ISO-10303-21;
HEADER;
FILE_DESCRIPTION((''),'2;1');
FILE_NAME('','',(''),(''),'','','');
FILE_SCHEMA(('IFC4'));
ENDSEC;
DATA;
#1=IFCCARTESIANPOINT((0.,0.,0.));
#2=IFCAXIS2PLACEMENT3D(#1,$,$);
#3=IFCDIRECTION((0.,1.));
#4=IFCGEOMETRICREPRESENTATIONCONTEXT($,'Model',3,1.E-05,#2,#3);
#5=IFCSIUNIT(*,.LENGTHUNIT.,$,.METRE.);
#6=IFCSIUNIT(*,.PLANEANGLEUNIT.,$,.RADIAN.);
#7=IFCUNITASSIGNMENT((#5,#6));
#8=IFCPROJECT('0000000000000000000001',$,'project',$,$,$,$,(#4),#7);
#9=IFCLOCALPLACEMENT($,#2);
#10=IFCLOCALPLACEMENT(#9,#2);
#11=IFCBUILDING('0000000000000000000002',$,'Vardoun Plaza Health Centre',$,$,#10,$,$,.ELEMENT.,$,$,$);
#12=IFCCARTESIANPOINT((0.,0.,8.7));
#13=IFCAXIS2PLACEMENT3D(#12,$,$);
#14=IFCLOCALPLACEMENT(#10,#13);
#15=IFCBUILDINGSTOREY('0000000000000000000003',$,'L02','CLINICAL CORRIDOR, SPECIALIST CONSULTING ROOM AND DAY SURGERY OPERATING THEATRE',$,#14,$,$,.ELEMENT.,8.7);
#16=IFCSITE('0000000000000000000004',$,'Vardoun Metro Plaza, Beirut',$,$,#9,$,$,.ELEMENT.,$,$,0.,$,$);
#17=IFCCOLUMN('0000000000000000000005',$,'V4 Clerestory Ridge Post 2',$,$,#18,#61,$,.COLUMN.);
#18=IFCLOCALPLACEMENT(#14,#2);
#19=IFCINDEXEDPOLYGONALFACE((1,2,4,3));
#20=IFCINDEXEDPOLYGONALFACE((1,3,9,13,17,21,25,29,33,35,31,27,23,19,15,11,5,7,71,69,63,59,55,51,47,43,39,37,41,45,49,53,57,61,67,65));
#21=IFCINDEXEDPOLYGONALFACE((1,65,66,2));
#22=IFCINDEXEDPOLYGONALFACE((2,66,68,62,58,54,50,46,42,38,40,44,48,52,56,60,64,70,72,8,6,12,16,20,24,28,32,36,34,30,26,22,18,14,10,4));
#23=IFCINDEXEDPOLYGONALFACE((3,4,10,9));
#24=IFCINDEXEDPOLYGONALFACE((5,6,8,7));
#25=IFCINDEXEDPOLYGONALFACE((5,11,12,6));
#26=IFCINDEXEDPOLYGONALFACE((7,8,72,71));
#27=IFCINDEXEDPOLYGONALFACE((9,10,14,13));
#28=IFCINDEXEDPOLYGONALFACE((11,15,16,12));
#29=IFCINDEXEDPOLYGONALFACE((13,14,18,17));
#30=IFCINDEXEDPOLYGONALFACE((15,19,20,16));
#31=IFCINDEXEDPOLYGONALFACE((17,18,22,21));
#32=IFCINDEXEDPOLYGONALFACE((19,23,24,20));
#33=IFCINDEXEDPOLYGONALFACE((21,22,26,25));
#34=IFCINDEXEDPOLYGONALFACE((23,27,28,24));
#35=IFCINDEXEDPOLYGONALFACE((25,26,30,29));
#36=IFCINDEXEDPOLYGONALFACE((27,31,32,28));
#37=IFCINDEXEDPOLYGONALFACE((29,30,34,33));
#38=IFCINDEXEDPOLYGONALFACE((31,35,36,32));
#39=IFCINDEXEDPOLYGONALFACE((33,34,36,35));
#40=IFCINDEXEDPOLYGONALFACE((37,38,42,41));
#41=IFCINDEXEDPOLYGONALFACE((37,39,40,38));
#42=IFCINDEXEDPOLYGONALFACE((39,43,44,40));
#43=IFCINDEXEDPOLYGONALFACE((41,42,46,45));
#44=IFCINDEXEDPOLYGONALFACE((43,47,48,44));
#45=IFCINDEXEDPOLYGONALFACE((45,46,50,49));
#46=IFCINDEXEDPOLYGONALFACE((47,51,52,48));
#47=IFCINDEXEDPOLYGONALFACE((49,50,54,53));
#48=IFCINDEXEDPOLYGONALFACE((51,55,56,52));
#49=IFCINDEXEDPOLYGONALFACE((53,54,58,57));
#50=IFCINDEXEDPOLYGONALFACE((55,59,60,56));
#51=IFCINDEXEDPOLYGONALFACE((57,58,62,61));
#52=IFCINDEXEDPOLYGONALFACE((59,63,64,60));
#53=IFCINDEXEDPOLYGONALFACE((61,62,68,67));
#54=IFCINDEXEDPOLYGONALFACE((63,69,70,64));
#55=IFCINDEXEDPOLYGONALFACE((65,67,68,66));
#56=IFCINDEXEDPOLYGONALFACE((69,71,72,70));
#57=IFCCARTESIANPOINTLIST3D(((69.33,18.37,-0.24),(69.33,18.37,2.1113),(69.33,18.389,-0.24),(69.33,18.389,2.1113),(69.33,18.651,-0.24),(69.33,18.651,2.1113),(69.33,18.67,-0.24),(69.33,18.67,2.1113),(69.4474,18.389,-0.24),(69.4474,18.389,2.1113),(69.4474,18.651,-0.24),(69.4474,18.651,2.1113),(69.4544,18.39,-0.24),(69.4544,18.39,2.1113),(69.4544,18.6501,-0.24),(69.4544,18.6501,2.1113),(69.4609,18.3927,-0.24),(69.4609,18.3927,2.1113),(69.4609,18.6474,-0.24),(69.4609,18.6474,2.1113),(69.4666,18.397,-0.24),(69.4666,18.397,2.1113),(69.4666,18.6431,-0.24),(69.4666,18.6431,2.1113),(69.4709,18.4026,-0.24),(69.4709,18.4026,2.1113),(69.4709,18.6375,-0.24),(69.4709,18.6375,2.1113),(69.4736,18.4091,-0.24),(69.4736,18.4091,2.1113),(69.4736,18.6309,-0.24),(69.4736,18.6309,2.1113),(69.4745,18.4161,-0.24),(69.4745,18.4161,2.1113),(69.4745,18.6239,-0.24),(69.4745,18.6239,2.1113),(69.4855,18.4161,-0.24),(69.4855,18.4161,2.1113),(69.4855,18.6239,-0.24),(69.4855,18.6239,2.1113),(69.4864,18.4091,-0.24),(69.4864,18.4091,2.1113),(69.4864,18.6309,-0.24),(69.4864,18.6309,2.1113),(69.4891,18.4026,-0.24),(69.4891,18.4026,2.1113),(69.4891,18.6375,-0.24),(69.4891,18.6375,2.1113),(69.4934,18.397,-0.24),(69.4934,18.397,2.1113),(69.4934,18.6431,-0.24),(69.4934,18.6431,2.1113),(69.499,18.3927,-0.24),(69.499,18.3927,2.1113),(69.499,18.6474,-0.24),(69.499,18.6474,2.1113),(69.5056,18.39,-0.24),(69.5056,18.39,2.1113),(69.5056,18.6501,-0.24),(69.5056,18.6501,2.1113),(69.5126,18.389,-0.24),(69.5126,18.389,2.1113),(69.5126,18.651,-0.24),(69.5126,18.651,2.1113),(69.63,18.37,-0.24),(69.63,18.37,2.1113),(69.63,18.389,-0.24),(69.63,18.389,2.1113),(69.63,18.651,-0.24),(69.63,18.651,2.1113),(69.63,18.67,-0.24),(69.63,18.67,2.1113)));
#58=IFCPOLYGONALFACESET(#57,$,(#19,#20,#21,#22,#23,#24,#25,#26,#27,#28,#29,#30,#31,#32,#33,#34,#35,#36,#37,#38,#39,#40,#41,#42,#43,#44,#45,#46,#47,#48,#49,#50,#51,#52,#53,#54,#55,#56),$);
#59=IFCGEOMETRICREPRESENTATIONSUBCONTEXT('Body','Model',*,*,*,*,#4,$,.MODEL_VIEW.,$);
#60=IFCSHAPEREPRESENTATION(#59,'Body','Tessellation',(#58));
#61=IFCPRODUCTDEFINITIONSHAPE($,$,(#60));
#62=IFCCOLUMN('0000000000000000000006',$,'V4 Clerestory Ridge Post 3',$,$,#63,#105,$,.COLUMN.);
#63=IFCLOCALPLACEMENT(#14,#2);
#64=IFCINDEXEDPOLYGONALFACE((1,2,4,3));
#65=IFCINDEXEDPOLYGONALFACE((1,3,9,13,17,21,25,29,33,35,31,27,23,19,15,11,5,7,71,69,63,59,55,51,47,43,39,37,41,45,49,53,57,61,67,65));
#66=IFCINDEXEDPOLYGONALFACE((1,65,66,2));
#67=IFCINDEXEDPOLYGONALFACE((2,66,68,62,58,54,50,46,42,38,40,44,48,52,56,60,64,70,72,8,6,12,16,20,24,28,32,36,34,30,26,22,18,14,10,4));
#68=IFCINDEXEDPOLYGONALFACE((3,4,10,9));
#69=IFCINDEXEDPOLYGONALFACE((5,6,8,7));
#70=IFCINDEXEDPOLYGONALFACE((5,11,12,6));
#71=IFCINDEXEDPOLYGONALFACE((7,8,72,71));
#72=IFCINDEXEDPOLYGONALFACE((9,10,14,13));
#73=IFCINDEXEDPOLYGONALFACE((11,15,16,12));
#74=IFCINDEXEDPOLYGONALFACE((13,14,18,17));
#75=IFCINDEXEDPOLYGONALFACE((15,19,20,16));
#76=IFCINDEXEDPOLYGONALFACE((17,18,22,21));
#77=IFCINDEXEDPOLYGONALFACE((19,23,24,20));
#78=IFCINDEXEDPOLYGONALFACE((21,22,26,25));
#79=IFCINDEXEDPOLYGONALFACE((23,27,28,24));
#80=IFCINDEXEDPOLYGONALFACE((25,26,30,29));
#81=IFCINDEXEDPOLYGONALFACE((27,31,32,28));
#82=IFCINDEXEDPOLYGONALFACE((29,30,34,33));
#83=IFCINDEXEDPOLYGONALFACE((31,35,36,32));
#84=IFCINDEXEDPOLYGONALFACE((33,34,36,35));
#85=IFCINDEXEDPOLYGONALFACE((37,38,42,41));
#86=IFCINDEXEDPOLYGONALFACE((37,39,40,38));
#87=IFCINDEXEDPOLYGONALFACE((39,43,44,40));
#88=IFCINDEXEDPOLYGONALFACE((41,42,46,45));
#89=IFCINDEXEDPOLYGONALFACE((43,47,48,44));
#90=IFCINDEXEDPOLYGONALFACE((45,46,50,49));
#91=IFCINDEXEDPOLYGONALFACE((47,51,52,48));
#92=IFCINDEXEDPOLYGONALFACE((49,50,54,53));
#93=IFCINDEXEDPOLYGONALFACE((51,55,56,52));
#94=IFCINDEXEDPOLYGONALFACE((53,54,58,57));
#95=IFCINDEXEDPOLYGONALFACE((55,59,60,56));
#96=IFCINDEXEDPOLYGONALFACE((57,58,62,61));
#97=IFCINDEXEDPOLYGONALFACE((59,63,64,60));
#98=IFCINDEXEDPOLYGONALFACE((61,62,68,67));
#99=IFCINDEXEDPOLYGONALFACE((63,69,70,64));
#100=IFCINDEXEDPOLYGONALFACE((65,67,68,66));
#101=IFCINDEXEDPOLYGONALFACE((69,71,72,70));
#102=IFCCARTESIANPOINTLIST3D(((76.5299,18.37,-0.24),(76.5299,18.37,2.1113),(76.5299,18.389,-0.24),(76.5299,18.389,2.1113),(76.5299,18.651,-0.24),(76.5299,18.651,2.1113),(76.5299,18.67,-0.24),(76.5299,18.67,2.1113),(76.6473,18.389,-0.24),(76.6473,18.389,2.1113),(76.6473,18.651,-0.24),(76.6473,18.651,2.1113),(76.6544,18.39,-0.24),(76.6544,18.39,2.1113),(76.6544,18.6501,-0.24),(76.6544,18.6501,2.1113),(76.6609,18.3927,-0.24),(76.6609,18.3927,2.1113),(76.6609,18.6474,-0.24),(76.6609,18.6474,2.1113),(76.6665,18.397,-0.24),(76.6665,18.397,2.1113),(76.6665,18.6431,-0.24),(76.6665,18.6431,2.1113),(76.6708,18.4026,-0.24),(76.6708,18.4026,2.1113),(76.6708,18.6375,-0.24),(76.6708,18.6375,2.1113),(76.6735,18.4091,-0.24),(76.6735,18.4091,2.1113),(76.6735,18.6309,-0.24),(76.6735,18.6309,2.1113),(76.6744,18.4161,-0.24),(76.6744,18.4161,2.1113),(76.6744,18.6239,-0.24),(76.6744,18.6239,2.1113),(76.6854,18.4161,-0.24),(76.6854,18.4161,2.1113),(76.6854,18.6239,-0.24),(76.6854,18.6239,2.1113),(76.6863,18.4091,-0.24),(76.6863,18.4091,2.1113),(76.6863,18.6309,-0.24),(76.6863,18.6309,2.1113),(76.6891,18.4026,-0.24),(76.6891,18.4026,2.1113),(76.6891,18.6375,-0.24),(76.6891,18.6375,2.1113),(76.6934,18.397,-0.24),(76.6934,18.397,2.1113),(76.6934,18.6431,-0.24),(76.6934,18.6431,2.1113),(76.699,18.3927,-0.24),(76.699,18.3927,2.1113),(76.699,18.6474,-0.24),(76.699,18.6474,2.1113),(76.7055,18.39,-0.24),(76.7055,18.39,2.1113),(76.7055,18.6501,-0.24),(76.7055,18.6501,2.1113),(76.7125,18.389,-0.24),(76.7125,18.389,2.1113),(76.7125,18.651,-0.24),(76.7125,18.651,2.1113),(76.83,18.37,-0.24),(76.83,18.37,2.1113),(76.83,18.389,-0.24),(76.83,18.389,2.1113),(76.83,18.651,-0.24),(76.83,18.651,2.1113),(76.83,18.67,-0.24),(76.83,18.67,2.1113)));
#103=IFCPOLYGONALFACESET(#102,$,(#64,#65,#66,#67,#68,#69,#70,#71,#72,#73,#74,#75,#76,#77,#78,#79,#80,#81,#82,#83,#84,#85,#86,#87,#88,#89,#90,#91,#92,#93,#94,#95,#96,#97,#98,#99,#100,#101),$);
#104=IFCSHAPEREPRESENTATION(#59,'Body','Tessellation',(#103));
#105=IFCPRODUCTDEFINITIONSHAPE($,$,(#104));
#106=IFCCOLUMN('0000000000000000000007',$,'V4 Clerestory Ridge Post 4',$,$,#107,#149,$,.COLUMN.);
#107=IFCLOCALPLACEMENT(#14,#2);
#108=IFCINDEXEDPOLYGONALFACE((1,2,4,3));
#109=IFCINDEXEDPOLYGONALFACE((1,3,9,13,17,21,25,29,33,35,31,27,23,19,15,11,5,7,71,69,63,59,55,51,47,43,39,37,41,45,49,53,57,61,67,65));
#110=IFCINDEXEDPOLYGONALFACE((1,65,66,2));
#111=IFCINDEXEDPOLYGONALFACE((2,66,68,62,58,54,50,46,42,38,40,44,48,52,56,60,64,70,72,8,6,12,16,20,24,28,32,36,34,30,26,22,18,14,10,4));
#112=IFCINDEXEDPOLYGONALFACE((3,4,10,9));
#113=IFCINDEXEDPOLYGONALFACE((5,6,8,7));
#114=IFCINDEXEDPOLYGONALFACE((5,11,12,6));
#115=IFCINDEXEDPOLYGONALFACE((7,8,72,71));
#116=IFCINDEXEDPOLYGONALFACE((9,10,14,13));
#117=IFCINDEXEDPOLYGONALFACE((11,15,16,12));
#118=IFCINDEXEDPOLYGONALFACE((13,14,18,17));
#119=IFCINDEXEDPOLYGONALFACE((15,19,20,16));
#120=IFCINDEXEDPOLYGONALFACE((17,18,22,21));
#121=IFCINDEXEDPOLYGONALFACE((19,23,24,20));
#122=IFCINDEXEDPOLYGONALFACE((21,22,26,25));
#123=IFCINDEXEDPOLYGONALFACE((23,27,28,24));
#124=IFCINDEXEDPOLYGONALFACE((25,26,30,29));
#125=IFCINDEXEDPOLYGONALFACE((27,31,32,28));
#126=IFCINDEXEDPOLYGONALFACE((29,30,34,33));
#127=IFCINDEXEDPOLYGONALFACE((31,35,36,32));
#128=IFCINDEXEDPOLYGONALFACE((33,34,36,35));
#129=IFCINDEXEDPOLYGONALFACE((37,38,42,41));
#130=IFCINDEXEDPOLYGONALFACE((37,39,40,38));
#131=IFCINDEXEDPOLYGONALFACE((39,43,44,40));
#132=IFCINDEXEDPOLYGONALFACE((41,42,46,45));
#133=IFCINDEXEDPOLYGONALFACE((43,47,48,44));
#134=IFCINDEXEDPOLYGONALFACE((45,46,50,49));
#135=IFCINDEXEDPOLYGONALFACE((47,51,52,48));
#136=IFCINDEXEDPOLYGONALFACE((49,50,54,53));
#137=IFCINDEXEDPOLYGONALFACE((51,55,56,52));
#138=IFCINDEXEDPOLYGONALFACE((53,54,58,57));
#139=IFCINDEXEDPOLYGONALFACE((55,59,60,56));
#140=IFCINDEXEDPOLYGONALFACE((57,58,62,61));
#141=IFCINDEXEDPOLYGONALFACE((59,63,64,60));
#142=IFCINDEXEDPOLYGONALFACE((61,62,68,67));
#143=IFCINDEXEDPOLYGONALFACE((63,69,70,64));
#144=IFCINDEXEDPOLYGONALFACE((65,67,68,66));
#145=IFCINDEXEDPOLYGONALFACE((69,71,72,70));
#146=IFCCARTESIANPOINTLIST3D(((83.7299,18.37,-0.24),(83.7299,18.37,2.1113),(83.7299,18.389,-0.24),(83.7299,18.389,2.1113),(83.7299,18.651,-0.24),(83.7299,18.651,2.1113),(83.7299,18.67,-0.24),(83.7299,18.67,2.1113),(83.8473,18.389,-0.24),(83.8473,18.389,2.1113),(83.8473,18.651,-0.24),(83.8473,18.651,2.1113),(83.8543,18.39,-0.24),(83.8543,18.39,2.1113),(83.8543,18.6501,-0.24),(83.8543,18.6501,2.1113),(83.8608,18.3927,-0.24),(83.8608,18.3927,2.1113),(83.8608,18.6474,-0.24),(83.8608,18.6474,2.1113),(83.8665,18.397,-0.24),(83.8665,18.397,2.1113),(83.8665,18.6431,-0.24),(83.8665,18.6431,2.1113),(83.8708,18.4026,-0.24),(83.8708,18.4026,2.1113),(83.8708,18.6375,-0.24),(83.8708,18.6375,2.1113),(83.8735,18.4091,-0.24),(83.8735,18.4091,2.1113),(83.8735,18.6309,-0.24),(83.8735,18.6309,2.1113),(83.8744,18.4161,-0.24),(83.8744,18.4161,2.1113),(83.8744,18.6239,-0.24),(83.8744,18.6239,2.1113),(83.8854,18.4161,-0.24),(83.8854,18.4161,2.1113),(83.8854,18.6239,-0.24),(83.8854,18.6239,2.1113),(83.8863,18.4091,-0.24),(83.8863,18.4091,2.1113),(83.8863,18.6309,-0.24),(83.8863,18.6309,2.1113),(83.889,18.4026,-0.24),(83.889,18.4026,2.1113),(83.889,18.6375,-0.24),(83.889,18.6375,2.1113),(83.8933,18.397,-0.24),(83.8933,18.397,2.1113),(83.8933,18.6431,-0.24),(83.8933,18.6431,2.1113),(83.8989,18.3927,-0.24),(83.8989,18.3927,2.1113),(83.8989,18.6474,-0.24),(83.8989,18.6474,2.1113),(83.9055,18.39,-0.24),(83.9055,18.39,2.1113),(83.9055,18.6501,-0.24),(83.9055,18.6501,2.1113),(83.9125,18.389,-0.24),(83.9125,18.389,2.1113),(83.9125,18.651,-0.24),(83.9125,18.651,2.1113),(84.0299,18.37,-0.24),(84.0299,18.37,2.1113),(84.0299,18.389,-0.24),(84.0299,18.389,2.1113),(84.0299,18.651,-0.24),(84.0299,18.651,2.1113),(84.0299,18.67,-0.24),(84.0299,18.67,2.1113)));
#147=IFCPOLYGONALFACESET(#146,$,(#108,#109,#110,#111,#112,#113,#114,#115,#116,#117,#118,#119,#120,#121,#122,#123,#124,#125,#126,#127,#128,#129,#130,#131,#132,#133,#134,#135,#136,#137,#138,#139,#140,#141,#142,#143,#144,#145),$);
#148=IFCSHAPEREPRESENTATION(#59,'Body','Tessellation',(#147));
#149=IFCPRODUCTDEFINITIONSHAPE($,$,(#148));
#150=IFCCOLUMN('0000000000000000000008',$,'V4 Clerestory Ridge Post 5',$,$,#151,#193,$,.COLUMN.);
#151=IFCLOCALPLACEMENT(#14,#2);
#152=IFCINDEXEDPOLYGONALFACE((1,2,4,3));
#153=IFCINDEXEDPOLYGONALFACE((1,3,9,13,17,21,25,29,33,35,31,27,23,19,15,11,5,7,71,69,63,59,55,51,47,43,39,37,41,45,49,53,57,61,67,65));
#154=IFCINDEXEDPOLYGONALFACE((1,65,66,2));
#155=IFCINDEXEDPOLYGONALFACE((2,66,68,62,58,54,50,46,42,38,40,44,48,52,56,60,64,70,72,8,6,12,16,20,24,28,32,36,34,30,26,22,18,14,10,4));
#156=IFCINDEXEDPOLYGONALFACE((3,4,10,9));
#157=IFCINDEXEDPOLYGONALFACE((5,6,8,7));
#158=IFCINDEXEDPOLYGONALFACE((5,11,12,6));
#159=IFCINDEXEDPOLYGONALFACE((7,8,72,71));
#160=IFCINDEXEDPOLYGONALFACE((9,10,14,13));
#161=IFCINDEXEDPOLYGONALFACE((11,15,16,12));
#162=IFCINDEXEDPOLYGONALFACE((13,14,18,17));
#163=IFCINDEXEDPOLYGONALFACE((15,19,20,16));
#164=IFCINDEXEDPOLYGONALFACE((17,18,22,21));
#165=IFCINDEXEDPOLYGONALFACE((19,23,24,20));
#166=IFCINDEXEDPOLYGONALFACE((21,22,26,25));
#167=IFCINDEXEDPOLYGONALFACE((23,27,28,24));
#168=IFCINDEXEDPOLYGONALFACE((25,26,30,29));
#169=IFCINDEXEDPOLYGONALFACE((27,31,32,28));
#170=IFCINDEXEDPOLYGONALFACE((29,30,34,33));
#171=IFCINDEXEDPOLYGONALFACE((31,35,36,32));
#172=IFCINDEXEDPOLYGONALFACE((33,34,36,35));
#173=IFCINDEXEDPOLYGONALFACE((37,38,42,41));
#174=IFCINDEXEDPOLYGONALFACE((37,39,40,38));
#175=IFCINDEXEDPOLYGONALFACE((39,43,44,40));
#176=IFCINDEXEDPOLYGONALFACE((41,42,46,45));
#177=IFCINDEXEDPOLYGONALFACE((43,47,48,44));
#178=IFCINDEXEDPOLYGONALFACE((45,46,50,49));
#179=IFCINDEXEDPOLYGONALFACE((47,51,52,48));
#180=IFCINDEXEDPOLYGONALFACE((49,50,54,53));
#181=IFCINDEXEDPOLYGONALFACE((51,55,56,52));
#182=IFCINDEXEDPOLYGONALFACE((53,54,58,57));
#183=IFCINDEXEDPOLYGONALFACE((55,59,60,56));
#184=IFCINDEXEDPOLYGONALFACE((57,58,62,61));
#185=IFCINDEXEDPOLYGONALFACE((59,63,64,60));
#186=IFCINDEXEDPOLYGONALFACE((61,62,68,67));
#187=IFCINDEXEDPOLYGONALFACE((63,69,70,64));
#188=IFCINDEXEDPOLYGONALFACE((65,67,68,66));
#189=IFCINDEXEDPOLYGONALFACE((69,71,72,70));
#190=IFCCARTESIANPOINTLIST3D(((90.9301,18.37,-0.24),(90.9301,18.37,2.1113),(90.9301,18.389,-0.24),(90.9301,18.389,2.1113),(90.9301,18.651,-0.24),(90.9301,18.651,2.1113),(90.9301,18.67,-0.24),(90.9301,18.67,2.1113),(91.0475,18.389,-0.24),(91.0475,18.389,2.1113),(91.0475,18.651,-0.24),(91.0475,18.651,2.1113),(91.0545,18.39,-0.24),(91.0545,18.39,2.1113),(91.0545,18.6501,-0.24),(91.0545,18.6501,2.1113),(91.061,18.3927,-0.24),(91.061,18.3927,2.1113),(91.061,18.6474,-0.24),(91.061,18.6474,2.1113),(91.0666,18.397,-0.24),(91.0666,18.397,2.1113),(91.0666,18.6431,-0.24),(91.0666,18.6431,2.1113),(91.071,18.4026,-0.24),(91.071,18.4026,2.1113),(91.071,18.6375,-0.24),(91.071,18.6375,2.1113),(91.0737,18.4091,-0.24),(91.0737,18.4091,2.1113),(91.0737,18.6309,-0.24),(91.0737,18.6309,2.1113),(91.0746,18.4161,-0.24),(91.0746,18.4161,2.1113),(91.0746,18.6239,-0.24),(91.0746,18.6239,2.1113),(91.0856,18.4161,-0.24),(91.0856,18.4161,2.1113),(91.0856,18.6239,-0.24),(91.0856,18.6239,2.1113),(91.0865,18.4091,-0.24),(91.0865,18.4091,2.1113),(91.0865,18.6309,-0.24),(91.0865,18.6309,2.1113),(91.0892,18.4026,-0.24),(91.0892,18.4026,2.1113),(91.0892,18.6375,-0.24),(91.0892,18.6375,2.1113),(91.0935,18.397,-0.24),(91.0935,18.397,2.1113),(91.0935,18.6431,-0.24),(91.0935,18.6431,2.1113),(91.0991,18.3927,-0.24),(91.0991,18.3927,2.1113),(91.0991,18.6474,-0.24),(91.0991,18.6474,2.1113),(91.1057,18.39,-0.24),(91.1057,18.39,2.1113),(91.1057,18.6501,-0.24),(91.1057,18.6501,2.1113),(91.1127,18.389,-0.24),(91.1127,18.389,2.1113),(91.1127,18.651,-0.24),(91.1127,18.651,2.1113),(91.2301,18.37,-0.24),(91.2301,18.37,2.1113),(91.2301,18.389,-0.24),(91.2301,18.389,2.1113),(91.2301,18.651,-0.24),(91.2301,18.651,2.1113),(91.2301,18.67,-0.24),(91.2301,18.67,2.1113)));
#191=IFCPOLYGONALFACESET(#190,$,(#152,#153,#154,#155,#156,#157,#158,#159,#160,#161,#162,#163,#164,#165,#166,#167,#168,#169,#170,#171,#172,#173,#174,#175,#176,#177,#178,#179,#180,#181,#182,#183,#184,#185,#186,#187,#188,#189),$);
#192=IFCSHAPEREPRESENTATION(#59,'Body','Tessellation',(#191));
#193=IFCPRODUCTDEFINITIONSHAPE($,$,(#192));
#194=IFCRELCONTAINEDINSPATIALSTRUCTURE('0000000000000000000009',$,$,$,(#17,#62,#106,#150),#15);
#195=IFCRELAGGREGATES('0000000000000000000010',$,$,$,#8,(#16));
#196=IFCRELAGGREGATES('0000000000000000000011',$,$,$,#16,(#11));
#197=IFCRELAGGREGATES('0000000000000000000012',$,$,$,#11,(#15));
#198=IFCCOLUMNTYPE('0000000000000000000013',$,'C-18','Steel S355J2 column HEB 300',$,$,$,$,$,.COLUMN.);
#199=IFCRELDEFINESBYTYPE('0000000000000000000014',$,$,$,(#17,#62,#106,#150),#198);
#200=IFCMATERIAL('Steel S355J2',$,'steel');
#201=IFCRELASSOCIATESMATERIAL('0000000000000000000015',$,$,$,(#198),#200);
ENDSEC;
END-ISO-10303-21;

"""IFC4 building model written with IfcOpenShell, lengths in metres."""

from ifc_helpers import new_model, si_unit, direction, frame, origin, origin_2d, place, context, subcontext, project, spatial, i_section, extrude, material, material_profile, profile_set, type_object, element, save


model = new_model("IFC4")

# Units and contexts
model_context = context("Model", 3, precision=1e-05, world=origin(), true_north=direction((0.0, 1.0)))
body_context = subcontext(model_context, "Body", "Model", "MODEL_VIEW")
ifc_project = project(units=[si_unit("LENGTHUNIT", "METRE"), si_unit("PLANEANGLEUNIT", "RADIAN")], contexts=[model_context])

# Site, building, storey
site_placement = place(None, origin())
site = spatial("IfcSite", under=ifc_project, at=site_placement, Name="Vardoun Metro Plaza, Beirut", CompositionType="ELEMENT", RefElevation=0.0)
building_placement = place(site_placement, origin())
building = spatial("IfcBuilding", under=site, at=building_placement, Name="Vardoun Plaza Health Centre", CompositionType="ELEMENT")
storey_placement = place(building_placement, frame((0.0, 0.0, 8.7)))
storey = spatial("IfcBuildingStorey", under=building, at=storey_placement, Name="L02", Description="CLINICAL CORRIDOR, SPECIALIST CONSULTING ROOM AND DAY SURGERY OPERATING THEATRE", CompositionType="ELEMENT", Elevation=8.7)

# Columns
ifc_material_1 = material(Name="Steel S355J2", Category="steel")
ifc_material_profile_1 = material_profile(ifc_material_1, i_section(OverallWidth=0.3, OverallDepth=0.3, WebThickness=0.011, FlangeThickness=0.019, FilletRadius=0.0271, at=origin_2d()), Name="HEB 300")
ifc_profile_set_1 = profile_set([ifc_material_profile_1], Name="Steel S355J2")
column_type_1 = type_object("IfcColumnType", Name="C-18", Description="Steel S355J2 column HEB 300", PredefinedType="COLUMN", material=ifc_profile_set_1)
for number, where, z_axis, x_axis, name in (
    (1, (69.48, 18.52, -0.24), (0.0, 0.0, 1.0), (1.0, 0.0, 0.0), "V4 Clerestory Ridge Post 2"),
    (2, (76.6799, 18.52, -0.24), (0.0, 0.0, 1.0), (1.0, 0.0, 0.0), "V4 Clerestory Ridge Post 3"),
    (3, (83.8799, 18.52, -0.24), (0.0, 0.0, 1.0), (1.0, 0.0, 0.0), "V4 Clerestory Ridge Post 4"),
    (4, (91.0801, 18.52, -0.24), (0.0, 0.0, 1.0), (1.0, 0.0, 0.0), "V4 Clerestory Ridge Post 5"),
):
    element("IfcColumn", number, at=place(storey_placement, frame(where, z_axis=z_axis, x_axis=x_axis)), inside=storey, type_object=column_type_1, Name=name, PredefinedType="COLUMN", context=body_context, shape_type="SweptSolid", body=[
        extrude(i_section(OverallWidth=0.3, OverallDepth=0.3, WebThickness=0.011, FlangeThickness=0.019, FilletRadius=0.0271, at=origin_2d()), origin(), (0.0, 0.0, 1.0), 2.3513),
    ])

save(model, "model.ifc")
